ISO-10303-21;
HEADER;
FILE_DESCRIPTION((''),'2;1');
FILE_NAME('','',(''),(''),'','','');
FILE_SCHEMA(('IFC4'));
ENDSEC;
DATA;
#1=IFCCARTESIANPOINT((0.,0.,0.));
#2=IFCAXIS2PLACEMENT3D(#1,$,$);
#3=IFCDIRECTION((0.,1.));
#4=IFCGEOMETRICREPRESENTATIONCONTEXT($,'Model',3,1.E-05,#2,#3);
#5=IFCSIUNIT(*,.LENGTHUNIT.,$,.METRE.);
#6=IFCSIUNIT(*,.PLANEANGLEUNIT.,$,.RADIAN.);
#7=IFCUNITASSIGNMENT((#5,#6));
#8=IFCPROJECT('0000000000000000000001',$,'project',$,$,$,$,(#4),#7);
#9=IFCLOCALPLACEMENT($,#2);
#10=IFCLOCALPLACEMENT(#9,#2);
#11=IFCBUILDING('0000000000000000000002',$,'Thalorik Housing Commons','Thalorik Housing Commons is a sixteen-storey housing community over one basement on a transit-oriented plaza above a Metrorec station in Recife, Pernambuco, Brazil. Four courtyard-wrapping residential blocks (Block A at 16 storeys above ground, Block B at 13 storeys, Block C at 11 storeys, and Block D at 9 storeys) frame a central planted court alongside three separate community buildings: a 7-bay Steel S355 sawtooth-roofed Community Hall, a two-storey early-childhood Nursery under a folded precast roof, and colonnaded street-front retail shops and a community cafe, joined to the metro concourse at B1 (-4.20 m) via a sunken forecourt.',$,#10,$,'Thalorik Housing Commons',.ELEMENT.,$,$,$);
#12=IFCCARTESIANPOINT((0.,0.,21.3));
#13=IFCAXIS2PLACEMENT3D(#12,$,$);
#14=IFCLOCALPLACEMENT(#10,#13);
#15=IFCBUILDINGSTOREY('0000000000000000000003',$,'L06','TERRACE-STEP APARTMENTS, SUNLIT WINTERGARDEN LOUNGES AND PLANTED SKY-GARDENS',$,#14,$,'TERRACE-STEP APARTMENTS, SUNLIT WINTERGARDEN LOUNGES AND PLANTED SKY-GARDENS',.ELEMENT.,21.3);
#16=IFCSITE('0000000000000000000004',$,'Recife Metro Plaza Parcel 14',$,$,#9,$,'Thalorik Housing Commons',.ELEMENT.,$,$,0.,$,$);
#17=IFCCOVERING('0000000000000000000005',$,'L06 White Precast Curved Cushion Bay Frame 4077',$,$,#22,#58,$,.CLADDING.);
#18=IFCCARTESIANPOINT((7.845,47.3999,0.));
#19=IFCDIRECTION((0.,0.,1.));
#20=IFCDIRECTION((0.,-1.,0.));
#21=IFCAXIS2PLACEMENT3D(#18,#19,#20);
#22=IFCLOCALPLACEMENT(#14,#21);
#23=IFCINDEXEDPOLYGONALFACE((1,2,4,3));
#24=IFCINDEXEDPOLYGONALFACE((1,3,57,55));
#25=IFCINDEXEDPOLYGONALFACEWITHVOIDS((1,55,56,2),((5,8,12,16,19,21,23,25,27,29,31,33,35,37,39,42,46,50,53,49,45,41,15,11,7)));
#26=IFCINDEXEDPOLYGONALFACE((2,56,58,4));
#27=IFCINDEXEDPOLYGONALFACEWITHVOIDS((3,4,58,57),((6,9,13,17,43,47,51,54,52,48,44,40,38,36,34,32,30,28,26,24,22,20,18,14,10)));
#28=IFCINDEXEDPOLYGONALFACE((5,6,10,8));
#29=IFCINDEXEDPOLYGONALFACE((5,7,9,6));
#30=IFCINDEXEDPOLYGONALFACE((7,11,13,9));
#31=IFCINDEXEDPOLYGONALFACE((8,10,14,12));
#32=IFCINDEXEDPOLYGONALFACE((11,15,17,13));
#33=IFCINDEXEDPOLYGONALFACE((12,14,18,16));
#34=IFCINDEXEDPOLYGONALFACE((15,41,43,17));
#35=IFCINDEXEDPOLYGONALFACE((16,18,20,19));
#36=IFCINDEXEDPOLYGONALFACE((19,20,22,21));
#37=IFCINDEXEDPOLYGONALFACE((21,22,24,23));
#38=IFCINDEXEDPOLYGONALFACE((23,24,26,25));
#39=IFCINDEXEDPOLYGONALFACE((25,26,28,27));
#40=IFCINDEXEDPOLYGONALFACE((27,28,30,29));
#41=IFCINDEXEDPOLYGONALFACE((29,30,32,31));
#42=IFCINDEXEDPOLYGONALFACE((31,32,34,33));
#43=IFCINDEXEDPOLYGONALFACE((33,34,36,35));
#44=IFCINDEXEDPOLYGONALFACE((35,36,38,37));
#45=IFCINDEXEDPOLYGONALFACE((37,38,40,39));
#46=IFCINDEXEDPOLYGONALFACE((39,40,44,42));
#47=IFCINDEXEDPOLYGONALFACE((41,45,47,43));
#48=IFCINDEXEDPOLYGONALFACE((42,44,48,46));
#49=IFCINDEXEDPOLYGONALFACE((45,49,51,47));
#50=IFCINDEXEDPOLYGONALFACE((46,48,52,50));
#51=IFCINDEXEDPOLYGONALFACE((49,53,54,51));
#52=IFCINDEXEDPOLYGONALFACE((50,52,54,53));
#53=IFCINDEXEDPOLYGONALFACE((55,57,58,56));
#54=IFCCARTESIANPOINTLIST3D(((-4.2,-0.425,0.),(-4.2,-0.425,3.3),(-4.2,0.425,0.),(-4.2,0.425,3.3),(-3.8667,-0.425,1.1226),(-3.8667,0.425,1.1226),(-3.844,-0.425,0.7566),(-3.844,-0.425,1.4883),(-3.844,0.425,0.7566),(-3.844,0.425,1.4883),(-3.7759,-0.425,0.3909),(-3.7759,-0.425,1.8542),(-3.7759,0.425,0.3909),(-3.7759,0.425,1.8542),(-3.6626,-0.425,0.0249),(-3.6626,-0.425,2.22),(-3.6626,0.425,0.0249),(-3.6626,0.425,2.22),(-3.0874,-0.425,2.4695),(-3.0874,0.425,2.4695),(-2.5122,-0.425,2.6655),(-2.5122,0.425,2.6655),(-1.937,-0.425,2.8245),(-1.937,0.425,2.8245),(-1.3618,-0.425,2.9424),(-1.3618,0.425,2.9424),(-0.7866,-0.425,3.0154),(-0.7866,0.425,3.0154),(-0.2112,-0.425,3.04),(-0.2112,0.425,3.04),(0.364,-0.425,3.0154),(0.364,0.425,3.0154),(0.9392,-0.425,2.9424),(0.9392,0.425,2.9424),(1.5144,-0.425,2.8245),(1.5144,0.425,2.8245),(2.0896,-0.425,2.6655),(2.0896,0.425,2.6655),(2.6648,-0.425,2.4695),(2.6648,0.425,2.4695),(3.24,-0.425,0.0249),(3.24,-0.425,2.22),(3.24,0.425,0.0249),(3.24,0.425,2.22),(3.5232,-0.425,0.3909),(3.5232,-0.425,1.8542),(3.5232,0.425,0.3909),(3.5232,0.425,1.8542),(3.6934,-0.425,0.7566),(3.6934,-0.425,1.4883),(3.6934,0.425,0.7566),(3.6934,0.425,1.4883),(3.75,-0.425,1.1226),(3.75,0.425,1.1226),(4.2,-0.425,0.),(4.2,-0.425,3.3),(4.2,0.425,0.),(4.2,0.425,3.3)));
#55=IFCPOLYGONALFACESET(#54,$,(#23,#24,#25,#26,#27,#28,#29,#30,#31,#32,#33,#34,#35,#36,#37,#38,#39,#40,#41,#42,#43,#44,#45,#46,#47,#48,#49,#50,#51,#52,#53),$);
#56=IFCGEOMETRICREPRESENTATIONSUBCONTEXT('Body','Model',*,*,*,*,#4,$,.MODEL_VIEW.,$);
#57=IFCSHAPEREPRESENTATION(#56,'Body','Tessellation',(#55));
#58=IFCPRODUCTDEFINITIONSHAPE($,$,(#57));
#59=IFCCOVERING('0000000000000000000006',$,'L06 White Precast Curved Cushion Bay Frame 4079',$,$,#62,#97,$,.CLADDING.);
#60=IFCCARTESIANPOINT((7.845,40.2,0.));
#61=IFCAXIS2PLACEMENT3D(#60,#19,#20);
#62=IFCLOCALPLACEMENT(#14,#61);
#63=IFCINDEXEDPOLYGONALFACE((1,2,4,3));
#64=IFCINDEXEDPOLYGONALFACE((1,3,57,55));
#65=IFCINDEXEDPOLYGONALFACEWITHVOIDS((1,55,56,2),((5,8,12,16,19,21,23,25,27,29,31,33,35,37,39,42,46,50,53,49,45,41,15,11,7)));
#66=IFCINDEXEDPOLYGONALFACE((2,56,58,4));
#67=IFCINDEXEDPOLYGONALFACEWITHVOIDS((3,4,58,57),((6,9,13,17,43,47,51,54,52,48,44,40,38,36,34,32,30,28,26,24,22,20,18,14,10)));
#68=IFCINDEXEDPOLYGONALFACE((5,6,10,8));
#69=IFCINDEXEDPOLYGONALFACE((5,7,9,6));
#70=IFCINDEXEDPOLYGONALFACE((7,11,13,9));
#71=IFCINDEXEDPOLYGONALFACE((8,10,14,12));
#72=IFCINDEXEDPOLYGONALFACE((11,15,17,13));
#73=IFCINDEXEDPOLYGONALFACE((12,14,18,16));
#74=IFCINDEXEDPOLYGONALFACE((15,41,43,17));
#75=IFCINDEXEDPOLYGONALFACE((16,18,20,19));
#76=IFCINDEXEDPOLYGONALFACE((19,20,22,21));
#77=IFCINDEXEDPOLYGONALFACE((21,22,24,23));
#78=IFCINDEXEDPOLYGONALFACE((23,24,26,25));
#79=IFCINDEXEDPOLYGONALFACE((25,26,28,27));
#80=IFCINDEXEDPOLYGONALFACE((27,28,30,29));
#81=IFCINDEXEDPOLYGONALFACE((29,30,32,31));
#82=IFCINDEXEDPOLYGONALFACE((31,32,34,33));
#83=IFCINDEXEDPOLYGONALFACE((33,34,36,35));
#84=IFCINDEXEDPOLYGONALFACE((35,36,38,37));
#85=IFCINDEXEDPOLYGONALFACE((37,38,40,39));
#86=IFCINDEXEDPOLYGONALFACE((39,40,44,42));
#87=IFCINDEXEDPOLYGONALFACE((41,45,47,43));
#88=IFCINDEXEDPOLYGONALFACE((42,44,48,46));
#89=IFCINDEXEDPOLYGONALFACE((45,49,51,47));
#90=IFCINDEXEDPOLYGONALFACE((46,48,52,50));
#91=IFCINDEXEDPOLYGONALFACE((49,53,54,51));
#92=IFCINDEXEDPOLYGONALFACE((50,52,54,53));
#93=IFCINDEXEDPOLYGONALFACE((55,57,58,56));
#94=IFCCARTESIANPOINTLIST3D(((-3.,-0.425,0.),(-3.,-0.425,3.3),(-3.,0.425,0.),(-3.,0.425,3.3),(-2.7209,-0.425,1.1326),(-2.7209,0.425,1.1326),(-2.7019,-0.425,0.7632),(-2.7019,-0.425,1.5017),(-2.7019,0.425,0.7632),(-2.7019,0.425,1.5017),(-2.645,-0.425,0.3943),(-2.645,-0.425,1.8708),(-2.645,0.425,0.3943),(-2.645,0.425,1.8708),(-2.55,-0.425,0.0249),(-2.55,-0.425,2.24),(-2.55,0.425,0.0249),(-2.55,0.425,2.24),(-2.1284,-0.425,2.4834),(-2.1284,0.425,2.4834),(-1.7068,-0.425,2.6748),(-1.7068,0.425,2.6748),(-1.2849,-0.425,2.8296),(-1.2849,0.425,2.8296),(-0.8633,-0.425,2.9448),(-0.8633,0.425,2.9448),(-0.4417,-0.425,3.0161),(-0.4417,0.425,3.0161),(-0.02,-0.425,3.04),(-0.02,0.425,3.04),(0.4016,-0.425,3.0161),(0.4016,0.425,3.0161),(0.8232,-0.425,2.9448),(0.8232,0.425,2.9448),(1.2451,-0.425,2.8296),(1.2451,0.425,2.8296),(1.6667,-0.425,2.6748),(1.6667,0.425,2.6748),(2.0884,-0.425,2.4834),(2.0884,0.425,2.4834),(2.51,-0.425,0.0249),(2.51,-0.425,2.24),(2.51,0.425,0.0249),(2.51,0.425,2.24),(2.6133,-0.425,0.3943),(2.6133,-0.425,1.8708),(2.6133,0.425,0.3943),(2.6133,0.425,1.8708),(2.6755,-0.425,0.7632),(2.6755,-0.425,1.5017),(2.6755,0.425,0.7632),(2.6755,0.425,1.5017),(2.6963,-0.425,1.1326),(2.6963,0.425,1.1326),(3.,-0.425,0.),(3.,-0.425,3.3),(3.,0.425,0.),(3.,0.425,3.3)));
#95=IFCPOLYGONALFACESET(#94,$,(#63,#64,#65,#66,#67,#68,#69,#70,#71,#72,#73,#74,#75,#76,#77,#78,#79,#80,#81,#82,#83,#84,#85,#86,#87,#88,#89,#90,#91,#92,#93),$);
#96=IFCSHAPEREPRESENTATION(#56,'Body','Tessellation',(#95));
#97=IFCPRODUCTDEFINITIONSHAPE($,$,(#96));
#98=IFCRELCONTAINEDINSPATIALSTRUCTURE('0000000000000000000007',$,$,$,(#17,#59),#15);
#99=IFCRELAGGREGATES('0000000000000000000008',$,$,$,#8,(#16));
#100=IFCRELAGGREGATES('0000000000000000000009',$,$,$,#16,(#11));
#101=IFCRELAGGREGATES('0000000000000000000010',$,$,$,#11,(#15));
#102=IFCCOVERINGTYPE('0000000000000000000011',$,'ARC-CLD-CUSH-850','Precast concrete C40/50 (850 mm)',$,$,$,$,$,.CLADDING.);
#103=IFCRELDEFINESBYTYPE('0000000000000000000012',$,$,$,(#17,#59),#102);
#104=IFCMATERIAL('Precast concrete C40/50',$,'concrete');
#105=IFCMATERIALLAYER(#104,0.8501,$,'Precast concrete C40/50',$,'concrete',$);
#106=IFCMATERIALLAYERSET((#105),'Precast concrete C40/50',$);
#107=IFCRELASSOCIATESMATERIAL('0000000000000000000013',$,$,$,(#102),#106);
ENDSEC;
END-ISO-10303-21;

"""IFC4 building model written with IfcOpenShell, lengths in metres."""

from ifc_helpers import new_model, si_unit, direction, frame, origin, place, context, subcontext, project, spatial, polyline, outline, extrude, material, layer, layer_set, type_object, element, save


model = new_model("IFC4")

# Units and contexts
model_context = context("Model", 3, precision=1e-05, world=origin(), true_north=direction((0.0, 1.0)))
body_context = subcontext(model_context, "Body", "Model", "MODEL_VIEW")
ifc_project = project(units=[si_unit("LENGTHUNIT", "METRE"), si_unit("PLANEANGLEUNIT", "RADIAN")], contexts=[model_context])

# Site, building, storey
site_placement = place(None, origin())
site = spatial("IfcSite", under=ifc_project, at=site_placement, Name="Recife Metro Plaza Parcel 14", LongName="Thalorik Housing Commons", CompositionType="ELEMENT", RefElevation=0.0)
building_placement = place(site_placement, origin())
building = spatial("IfcBuilding", under=site, at=building_placement, Name="Thalorik Housing Commons", Description="Thalorik Housing Commons is a sixteen-storey housing community over one basement on a transit-oriented plaza above a Metrorec station in Recife, Pernambuco, Brazil. Four courtyard-wrapping residential blocks (Block A at 16 storeys above ground, Block B at 13 storeys, Block C at 11 storeys, and Block D at 9 storeys) frame a central planted court alongside three separate community buildings: a 7-bay Steel S355 sawtooth-roofed Community Hall, a two-storey early-childhood Nursery under a folded precast roof, and colonnaded street-front retail shops and a community cafe, joined to the metro concourse at B1 (-4.20 m) via a sunken forecourt.", LongName="Thalorik Housing Commons", CompositionType="ELEMENT")
storey_placement = place(building_placement, frame((0.0, 0.0, 21.3)))
storey = spatial("IfcBuildingStorey", under=building, at=storey_placement, Name="L06", Description="TERRACE-STEP APARTMENTS, SUNLIT WINTERGARDEN LOUNGES AND PLANTED SKY-GARDENS", LongName="TERRACE-STEP APARTMENTS, SUNLIT WINTERGARDEN LOUNGES AND PLANTED SKY-GARDENS", CompositionType="ELEMENT", Elevation=21.3)

# Shared definitions
ifc_material_1 = material(Name="Precast concrete C40/50", Category="concrete")

# Coverings
ifc_layer_1 = layer(ifc_material_1, 0.8501, Name="Precast concrete C40/50", Category="concrete")
ifc_layer_set_1 = layer_set([ifc_layer_1], Name="Precast concrete C40/50")
covering_type_1 = type_object("IfcCoveringType", Name="ARC-CLD-CUSH-850", Description="Precast concrete C40/50 (850 mm)", PredefinedType="CLADDING", material=ifc_layer_set_1)
covering_1_placement = place(storey_placement, frame((7.845, 47.3999, 0.0), z_axis=(0.0, 0.0, 1.0), x_axis=(0.0, -1.0, 0.0)))
element("IfcCovering", 1, at=covering_1_placement, inside=storey, type_object=covering_type_1, Name="L06 White Precast Curved Cushion Bay Frame 4077", PredefinedType="CLADDING", context=body_context, shape_type="SweptSolid", body=[
    extrude(outline(polyline([(-4.2, 0.0), (4.2, 0.0), (4.2, 3.3), (-4.2, 3.3), (-4.2, 0.0)]), holes=[polyline([(3.24, 0.0249), (3.5232, 0.3909), (3.6934, 0.7566), (3.75, 1.1226), (3.6934, 1.4883), (3.5232, 1.8542), (3.24, 2.22), (2.6648, 2.4695), (2.0896, 2.6655), (1.5144, 2.8245), (0.9392, 2.9424), (0.364, 3.0154), (-0.2112, 3.04), (-0.7866, 3.0154), (-1.3618, 2.9424), (-1.937, 2.8245), (-2.5122, 2.6655), (-3.0874, 2.4695), (-3.6626, 2.22), (-3.7759, 1.8542), (-3.844, 1.4883), (-3.8667, 1.1226), (-3.844, 0.7566), (-3.7759, 0.3909), (-3.6626, 0.0249), (3.24, 0.0249)])]), frame((0.0, 0.425, 0.0), z_axis=(0.0, -1.0, 0.0), x_axis=(1.0, 0.0, 0.0)), (0.0, 0.0, 1.0), 0.8501),
])
covering_2_placement = place(storey_placement, frame((7.845, 40.2, 0.0), z_axis=(0.0, 0.0, 1.0), x_axis=(0.0, -1.0, 0.0)))
element("IfcCovering", 2, at=covering_2_placement, inside=storey, type_object=covering_type_1, Name="L06 White Precast Curved Cushion Bay Frame 4079", PredefinedType="CLADDING", context=body_context, shape_type="SweptSolid", body=[
    extrude(outline(polyline([(-3.0, 0.0), (3.0, 0.0), (3.0, 3.3), (-3.0, 3.3), (-3.0, 0.0)]), holes=[polyline([(2.51, 0.0249), (2.6133, 0.3943), (2.6755, 0.7632), (2.6963, 1.1326), (2.6755, 1.5017), (2.6133, 1.8708), (2.51, 2.24), (2.0884, 2.4834), (1.6667, 2.6748), (1.2451, 2.8296), (0.8232, 2.9448), (0.4016, 3.0161), (-0.02, 3.04), (-0.4417, 3.0161), (-0.8633, 2.9448), (-1.2849, 2.8296), (-1.7068, 2.6748), (-2.1284, 2.4834), (-2.55, 2.24), (-2.645, 1.8708), (-2.7019, 1.5017), (-2.7209, 1.1326), (-2.7019, 0.7632), (-2.645, 0.3943), (-2.55, 0.0249), (2.51, 0.0249)])]), frame((0.0, 0.425, 0.0), z_axis=(0.0, -1.0, 0.0), x_axis=(1.0, 0.0, 0.0)), (0.0, 0.0, 1.0), 0.8501),
])

save(model, "model.ifc")
